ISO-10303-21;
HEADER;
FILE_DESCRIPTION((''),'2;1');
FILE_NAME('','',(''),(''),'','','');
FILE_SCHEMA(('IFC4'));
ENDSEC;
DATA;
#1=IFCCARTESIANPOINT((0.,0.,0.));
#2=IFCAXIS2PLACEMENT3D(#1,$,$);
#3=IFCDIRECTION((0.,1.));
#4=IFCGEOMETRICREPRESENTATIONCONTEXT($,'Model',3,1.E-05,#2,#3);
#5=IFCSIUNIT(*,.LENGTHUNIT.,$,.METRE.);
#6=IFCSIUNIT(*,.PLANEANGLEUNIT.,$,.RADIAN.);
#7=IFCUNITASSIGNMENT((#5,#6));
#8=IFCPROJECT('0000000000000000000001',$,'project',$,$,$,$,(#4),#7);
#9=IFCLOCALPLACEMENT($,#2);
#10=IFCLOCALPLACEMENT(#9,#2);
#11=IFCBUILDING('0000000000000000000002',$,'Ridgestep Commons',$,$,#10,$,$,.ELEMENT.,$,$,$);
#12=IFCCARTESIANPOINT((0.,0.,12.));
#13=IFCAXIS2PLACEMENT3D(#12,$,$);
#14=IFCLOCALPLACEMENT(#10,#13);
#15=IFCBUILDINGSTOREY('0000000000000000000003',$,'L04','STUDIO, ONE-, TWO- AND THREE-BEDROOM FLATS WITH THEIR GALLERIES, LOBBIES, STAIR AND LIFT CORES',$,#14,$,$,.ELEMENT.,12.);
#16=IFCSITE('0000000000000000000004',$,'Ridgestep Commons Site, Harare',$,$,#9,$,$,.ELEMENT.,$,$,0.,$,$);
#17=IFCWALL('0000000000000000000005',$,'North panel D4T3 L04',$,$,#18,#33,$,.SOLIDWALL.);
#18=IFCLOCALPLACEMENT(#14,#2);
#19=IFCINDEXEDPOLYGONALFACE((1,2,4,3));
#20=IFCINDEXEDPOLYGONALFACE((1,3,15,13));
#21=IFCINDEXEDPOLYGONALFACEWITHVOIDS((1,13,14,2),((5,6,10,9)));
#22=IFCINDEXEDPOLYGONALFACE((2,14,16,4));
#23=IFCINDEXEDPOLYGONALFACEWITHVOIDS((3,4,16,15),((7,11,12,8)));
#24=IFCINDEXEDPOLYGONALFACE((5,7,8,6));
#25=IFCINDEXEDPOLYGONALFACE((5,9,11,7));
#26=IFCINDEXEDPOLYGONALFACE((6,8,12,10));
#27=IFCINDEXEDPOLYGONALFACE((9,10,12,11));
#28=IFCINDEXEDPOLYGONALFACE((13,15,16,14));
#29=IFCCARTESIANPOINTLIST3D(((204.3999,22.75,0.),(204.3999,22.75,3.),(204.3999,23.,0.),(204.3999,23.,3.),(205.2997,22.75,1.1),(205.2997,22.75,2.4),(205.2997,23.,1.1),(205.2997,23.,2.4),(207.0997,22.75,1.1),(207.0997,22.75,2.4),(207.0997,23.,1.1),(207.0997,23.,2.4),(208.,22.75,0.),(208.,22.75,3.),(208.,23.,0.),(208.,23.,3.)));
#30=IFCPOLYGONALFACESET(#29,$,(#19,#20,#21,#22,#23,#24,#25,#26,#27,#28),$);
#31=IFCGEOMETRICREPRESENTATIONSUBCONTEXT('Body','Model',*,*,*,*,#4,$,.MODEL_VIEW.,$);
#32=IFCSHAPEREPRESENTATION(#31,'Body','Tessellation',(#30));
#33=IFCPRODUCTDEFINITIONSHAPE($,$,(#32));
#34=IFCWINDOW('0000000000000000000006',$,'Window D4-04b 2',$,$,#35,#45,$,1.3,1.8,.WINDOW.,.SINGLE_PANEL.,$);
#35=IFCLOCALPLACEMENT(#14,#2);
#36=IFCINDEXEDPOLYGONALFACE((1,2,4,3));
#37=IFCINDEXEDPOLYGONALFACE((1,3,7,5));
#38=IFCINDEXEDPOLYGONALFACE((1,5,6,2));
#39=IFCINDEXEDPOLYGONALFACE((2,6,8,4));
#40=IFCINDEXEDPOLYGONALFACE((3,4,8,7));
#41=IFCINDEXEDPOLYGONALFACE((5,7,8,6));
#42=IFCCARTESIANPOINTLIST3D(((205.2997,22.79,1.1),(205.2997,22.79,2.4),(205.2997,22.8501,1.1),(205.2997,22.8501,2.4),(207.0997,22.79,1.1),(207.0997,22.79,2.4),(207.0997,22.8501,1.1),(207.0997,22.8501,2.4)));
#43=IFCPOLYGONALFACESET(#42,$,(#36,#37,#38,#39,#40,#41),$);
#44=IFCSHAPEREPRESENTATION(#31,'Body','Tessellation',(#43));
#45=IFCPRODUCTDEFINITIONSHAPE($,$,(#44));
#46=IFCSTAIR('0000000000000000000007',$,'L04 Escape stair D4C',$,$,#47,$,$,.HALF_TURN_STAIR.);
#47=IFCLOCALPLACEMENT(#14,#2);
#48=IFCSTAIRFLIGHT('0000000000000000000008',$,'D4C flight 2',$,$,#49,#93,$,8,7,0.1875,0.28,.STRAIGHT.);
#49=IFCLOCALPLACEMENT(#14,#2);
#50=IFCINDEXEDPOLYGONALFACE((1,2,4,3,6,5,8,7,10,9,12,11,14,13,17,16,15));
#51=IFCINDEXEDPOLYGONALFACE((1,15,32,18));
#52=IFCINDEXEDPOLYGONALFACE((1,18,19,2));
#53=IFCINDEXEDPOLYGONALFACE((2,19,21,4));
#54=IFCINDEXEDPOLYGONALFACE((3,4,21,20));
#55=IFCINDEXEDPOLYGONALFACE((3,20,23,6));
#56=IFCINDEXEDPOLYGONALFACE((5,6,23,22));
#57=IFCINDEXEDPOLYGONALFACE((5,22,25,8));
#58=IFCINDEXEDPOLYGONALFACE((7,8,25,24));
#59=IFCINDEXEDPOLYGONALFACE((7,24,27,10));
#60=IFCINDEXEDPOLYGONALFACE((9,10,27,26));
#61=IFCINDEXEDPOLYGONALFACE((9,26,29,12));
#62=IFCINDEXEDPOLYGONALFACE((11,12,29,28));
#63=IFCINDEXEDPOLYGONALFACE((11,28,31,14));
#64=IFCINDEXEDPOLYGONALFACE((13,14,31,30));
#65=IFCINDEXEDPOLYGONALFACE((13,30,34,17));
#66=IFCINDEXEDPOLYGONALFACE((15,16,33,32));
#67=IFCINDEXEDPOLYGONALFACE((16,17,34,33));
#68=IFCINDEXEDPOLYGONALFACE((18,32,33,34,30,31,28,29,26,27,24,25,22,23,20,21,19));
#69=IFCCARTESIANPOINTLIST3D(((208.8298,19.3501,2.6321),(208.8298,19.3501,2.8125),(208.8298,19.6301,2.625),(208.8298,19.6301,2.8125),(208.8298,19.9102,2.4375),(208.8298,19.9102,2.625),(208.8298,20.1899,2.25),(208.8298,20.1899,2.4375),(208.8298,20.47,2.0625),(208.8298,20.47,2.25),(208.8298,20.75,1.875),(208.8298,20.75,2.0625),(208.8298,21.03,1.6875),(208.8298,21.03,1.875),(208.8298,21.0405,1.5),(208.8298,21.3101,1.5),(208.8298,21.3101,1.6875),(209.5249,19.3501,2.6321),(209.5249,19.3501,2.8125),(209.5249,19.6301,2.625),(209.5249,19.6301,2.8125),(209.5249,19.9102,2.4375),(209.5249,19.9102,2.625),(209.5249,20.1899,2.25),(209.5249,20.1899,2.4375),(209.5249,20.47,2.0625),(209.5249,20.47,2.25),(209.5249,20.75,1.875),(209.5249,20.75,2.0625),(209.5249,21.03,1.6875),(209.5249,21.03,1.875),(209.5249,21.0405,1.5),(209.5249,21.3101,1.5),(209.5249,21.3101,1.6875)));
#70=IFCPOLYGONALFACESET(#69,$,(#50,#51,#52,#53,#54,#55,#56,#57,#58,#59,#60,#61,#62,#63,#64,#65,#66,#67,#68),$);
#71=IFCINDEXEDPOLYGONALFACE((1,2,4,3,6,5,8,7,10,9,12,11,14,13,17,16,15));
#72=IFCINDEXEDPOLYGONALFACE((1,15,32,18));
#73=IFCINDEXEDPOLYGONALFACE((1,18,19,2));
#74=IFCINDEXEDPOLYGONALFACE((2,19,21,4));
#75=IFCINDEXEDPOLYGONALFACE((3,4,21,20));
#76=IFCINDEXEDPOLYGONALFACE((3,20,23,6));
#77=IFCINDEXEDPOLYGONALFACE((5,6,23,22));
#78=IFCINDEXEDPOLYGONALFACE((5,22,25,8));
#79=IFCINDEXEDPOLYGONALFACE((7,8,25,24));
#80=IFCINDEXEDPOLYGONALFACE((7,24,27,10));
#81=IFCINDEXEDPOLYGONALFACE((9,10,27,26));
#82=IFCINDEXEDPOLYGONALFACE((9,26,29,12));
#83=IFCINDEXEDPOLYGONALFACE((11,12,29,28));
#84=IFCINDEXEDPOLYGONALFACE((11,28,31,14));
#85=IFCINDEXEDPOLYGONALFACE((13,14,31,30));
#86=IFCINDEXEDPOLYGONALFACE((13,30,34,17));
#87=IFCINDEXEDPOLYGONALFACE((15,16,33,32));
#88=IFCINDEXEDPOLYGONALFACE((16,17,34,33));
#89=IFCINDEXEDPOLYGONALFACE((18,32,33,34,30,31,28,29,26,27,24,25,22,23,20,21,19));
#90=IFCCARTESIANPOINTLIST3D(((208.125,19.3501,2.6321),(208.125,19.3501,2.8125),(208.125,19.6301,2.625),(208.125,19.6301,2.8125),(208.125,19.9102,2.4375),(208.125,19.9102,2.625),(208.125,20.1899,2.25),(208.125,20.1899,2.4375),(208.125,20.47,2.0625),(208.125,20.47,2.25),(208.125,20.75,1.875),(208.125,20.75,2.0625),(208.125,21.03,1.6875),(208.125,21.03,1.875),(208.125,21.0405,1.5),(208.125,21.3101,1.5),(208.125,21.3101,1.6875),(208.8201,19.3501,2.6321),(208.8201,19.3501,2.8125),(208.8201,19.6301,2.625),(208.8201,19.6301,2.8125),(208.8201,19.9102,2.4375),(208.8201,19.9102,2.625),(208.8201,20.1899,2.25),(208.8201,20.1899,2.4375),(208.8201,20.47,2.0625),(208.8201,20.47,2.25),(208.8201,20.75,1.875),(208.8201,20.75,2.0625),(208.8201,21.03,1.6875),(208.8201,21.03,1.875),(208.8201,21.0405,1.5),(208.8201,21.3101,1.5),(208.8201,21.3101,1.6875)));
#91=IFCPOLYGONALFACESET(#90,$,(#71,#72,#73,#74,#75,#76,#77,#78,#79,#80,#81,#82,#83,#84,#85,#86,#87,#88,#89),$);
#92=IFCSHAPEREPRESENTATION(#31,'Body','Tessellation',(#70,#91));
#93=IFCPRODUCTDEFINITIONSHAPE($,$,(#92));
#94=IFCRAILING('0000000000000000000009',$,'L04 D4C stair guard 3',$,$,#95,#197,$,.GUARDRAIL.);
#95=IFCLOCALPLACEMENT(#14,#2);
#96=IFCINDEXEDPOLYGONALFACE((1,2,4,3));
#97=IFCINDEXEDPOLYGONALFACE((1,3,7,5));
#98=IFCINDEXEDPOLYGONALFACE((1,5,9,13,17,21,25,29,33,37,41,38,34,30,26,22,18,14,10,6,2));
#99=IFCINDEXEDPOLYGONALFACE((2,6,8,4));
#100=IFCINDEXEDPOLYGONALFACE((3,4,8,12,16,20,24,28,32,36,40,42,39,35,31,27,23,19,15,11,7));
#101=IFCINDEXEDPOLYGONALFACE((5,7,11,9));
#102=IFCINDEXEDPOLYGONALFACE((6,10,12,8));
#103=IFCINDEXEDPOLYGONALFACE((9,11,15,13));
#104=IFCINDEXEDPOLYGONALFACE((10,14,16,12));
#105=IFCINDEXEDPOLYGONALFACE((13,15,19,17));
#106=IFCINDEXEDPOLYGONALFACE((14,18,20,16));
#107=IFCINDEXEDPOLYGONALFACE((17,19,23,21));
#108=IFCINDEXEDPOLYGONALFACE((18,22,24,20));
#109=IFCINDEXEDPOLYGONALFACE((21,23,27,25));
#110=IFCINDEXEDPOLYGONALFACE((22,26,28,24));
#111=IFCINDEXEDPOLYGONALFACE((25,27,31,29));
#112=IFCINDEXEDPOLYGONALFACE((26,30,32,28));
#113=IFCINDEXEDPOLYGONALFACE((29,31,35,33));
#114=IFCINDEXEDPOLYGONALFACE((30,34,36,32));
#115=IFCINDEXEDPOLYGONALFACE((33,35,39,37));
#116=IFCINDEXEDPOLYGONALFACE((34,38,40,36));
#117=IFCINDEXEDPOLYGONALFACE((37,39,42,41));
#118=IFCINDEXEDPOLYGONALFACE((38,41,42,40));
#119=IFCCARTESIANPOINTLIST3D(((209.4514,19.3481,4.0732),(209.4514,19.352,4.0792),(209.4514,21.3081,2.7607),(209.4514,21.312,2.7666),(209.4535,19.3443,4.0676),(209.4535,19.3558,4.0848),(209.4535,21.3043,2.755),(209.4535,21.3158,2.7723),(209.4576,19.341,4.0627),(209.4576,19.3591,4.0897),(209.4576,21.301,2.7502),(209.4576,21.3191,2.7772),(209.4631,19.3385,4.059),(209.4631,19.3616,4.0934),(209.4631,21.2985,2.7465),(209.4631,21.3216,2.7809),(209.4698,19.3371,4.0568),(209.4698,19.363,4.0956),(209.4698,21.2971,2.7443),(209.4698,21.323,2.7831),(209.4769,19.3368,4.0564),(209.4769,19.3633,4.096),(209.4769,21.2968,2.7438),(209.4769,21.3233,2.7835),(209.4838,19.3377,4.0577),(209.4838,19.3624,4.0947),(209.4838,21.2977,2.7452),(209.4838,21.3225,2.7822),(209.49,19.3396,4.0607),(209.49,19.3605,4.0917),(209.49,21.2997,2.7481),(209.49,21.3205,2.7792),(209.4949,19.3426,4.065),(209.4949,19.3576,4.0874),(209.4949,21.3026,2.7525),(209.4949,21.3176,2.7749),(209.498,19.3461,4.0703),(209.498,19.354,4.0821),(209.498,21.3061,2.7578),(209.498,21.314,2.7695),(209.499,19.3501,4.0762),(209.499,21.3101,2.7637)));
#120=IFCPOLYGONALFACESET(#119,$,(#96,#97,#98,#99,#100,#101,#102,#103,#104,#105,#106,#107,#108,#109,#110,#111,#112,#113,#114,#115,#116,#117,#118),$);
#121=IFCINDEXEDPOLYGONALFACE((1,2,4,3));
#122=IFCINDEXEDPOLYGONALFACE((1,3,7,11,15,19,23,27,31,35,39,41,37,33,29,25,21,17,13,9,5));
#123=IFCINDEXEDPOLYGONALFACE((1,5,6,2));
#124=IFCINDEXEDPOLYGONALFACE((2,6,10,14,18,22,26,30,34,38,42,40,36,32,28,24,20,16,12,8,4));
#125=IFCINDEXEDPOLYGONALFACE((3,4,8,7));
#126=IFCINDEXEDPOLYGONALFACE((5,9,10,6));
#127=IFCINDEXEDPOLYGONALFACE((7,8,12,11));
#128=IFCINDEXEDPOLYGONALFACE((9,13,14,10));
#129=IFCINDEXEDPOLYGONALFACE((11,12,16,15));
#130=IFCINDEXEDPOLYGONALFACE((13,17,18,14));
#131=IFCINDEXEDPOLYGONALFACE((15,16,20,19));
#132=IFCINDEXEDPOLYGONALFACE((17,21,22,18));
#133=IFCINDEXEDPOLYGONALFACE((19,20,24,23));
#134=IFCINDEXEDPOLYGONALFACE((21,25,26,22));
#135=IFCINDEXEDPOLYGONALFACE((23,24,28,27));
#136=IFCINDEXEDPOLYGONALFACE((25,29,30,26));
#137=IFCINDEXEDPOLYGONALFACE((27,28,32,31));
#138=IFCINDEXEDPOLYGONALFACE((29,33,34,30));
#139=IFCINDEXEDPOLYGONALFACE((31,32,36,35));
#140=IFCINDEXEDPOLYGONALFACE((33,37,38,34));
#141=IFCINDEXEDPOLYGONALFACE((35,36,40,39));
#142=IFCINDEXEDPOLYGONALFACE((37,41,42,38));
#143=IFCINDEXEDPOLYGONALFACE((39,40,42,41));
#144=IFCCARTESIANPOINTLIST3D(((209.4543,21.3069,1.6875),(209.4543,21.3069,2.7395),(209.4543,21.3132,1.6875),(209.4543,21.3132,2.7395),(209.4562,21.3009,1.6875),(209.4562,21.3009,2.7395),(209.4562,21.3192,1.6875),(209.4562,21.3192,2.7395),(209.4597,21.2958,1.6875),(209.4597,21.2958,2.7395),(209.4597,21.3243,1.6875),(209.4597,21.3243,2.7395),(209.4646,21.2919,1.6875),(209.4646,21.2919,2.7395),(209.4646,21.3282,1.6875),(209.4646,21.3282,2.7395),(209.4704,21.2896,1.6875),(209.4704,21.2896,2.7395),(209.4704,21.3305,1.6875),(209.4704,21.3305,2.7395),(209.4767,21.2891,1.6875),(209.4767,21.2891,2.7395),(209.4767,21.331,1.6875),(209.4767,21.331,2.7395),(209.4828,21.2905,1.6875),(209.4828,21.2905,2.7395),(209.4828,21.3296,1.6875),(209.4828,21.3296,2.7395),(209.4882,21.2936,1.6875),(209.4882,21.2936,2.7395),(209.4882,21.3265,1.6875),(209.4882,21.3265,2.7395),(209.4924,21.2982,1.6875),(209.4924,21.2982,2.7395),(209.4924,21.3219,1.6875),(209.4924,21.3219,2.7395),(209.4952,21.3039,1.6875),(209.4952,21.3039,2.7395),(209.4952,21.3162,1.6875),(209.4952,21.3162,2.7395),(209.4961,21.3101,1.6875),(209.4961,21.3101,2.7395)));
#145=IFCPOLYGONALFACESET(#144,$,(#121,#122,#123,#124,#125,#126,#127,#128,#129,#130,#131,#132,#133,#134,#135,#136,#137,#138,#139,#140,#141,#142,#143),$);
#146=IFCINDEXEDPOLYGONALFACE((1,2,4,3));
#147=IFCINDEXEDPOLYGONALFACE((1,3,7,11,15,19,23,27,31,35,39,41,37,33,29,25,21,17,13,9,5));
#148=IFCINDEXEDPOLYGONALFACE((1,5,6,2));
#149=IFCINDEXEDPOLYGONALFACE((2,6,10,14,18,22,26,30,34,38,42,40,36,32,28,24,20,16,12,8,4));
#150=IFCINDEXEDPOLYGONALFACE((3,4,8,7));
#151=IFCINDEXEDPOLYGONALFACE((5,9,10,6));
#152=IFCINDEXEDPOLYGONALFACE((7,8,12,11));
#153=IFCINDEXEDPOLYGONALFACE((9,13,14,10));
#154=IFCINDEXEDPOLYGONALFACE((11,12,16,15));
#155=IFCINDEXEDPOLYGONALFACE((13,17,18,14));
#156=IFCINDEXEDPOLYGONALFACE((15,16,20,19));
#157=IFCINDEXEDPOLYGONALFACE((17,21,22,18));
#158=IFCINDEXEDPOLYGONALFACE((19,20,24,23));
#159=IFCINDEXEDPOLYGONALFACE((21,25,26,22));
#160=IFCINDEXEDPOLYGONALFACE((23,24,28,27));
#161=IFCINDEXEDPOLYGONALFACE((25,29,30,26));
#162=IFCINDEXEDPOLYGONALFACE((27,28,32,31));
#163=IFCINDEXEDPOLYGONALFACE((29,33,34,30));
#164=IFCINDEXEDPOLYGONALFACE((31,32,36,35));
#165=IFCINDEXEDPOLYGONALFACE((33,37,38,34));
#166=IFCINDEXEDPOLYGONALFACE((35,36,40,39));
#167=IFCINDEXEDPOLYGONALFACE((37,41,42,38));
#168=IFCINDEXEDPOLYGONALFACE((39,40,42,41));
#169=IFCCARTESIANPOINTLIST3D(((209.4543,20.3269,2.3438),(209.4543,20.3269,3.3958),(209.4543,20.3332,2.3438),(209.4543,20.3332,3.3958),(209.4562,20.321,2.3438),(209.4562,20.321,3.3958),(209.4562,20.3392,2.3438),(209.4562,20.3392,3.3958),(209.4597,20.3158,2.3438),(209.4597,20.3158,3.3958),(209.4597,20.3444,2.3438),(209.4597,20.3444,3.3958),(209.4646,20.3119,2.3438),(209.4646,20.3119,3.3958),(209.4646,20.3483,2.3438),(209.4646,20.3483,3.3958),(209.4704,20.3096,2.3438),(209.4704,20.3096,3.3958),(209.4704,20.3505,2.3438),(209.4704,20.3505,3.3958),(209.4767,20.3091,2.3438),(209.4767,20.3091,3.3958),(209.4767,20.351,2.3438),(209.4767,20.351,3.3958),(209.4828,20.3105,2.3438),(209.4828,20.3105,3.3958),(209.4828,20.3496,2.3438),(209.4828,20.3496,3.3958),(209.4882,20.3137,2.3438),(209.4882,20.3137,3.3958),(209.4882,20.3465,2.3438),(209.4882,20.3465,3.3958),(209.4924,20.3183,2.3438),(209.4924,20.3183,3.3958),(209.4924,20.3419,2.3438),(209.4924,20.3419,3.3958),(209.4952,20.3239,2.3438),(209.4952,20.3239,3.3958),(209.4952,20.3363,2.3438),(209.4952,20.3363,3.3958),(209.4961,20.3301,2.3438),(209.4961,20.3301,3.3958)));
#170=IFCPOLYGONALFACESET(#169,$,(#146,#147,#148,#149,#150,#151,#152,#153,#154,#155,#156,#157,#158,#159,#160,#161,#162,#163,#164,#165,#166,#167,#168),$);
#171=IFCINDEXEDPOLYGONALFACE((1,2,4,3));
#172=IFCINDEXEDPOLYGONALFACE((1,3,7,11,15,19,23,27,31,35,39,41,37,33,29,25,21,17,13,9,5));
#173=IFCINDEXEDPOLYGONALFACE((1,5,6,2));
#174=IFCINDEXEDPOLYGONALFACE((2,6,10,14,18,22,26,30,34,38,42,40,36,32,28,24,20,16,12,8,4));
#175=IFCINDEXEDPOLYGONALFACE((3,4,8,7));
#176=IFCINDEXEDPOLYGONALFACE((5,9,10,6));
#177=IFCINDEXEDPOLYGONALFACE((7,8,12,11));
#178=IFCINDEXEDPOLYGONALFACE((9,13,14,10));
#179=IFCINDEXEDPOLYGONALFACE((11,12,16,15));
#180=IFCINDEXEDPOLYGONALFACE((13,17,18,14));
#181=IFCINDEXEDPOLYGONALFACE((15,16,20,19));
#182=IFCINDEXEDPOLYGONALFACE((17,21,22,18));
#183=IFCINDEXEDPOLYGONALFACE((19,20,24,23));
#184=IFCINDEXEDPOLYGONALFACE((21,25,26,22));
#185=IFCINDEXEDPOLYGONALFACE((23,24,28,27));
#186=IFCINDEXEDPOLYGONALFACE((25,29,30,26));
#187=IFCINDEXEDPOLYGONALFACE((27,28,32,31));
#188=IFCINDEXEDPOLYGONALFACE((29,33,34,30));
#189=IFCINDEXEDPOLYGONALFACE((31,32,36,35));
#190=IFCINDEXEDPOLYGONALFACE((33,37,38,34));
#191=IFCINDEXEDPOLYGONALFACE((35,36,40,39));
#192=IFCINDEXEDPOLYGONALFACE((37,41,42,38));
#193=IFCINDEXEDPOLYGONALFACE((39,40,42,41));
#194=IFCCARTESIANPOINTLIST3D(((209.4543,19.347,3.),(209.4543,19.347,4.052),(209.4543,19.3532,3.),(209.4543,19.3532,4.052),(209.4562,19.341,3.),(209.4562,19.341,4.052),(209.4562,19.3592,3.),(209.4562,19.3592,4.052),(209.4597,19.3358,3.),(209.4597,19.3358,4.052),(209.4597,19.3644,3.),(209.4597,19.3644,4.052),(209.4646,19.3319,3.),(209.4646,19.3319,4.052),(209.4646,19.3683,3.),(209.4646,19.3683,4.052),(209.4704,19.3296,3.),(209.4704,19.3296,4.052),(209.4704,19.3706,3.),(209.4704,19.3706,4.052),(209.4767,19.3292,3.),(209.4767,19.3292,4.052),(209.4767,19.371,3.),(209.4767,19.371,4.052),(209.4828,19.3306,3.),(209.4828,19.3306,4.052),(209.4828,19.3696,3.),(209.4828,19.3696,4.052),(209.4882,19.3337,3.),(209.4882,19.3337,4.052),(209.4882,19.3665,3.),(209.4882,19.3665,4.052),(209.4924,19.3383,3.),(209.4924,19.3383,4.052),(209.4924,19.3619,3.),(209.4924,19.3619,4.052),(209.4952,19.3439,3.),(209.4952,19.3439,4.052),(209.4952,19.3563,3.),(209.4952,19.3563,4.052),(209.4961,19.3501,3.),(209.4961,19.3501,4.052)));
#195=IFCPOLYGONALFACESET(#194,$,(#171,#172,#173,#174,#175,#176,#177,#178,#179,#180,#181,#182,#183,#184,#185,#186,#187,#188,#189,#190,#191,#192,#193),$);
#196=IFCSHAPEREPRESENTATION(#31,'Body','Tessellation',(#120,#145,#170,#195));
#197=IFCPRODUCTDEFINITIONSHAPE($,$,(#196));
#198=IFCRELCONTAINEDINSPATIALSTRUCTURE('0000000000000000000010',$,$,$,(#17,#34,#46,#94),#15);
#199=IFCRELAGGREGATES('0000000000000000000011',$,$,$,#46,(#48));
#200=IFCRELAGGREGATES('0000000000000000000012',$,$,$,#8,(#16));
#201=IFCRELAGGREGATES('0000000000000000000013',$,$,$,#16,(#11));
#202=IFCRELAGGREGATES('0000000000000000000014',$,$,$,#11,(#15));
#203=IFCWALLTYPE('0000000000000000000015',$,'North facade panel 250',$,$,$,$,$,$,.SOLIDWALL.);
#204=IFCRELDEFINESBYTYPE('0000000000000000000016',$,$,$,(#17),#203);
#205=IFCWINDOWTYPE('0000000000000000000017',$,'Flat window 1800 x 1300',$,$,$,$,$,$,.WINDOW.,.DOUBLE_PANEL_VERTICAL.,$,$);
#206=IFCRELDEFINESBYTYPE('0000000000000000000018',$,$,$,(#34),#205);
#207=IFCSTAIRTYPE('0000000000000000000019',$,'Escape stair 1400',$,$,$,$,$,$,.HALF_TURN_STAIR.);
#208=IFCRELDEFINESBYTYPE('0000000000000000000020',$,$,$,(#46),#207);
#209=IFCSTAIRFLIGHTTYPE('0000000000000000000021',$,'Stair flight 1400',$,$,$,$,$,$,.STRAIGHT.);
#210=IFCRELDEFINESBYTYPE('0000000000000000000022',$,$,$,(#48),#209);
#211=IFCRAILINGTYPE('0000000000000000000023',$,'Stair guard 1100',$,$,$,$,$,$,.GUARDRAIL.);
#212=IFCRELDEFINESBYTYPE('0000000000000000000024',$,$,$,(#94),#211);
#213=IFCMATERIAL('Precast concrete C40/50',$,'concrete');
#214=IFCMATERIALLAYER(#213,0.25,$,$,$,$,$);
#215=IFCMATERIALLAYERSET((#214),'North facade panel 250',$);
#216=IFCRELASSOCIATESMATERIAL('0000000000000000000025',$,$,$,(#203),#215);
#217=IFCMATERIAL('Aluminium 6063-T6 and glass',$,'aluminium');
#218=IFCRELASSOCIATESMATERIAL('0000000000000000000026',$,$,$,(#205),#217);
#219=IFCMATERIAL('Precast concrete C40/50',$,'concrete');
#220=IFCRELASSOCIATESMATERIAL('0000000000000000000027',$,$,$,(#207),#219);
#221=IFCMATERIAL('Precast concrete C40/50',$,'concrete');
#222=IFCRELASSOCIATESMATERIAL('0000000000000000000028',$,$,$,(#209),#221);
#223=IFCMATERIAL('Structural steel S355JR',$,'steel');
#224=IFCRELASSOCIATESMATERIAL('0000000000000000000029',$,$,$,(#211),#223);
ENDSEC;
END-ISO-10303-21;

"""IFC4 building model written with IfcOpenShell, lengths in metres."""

from ifc_helpers import new_model, si_unit, direction, frame, frame_2d, origin, origin_2d, place, context, subcontext, project, spatial, polyline, rectangle, circle, outline, extrude, material, layer, layer_set, type_object, element, fill, aggregate, save


model = new_model("IFC4")

# Units and contexts
model_context = context("Model", 3, precision=1e-05, world=origin(), true_north=direction((0.0, 1.0)))
body_context = subcontext(model_context, "Body", "Model", "MODEL_VIEW")
ifc_project = project(units=[si_unit("LENGTHUNIT", "METRE"), si_unit("PLANEANGLEUNIT", "RADIAN")], contexts=[model_context])

# Site, building, storey
site_placement = place(None, origin())
site = spatial("IfcSite", under=ifc_project, at=site_placement, Name="Ridgestep Commons Site, Harare", CompositionType="ELEMENT", RefElevation=0.0)
building_placement = place(site_placement, origin())
building = spatial("IfcBuilding", under=site, at=building_placement, Name="Ridgestep Commons", CompositionType="ELEMENT")
storey_placement = place(building_placement, frame((0.0, 0.0, 12.0)))
storey = spatial("IfcBuildingStorey", under=building, at=storey_placement, Name="L04", Description="STUDIO, ONE-, TWO- AND THREE-BEDROOM FLATS WITH THEIR GALLERIES, LOBBIES, STAIR AND LIFT CORES", CompositionType="ELEMENT", Elevation=12.0)

# Wall, opening, window
ifc_material_1 = material(Name="Precast concrete C40/50", Category="concrete")
ifc_layer_1 = layer(ifc_material_1, 0.25)
ifc_layer_set_1 = layer_set([ifc_layer_1], Name="North facade panel 250")
wall_type = type_object("IfcWallType", Name="North facade panel 250", PredefinedType="SOLIDWALL", material=ifc_layer_set_1)
wall_placement = place(storey_placement, frame((204.3999, 22.875, 0.0), z_axis=(0.0, 0.0, 1.0), x_axis=(1.0, 0.0, 0.0)))
wall = element("IfcWall", 1, at=wall_placement, inside=storey, type_object=wall_type, Name="North panel D4T3 L04", PredefinedType="SOLIDWALL", context=body_context, shape_type="SweptSolid", body=[
    extrude(rectangle(XDim=3.6001, YDim=0.25, at=frame_2d((1.8, 0.0))), origin(), (0.0, 0.0, 1.0), 3.0),
])
opening_placement = place(wall_placement, frame((0.8999, 0.0, 1.1001)))
opening = element("IfcOpeningElement", 2, at=opening_placement, cuts=wall, PredefinedType="OPENING", context=body_context, shape_type="SweptSolid", body=[
    extrude(rectangle(XDim=1.8, YDim=1.3, at=frame_2d((0.8999, 0.6499))), frame((0.0, 0.135, 0.0), z_axis=(0.0, -1.0, 0.0), x_axis=(1.0, 0.0, 0.0)), (0.0, 0.0, 1.0), 0.27),
])
ifc_material_2 = material(Name="Aluminium 6063-T6 and glass", Category="aluminium")
window_type = type_object("IfcWindowType", Name="Flat window 1800 x 1300", PartitioningType="DOUBLE_PANEL_VERTICAL", PredefinedType="WINDOW", material=ifc_material_2)
window_placement = place(opening_placement, origin())
window = element("IfcWindow", 3, at=window_placement, inside=storey, type_object=window_type, Name="Window D4-04b 2", OverallHeight=1.3, OverallWidth=1.8, PartitioningType="SINGLE_PANEL", PredefinedType="WINDOW", context=body_context, shape_type="SweptSolid", body=[
    extrude(rectangle(XDim=1.8, YDim=1.3, at=frame_2d((0.8999, 0.6499))), frame((0.0, -0.0249, 0.0), z_axis=(0.0, -1.0, 0.0), x_axis=(1.0, 0.0, 0.0)), (0.0, 0.0, 1.0), 0.0601),
])
fill(opening, window)

# Stair, stair flight
ifc_material_3 = material(Name="Precast concrete C40/50", Category="concrete")
stair_type = type_object("IfcStairType", Name="Escape stair 1400", PredefinedType="HALF_TURN_STAIR", material=ifc_material_3)
stair_placement = place(storey_placement, origin())
stair = element("IfcStair", 4, at=stair_placement, inside=storey, type_object=stair_type, Name="L04 Escape stair D4C", PredefinedType="HALF_TURN_STAIR")
ifc_material_4 = material(Name="Precast concrete C40/50", Category="concrete")
stair_flight_type = type_object("IfcStairFlightType", Name="Stair flight 1400", PredefinedType="STRAIGHT", material=ifc_material_4)
stair_flight_placement = place(storey_placement, frame((208.825, 21.3101, 1.5), z_axis=(0.0, 0.0, 1.0), x_axis=(0.0, -1.0, 0.0)))
stair_flight = element("IfcStairFlight", 5, at=stair_flight_placement, type_object=stair_flight_type, Name="D4C flight 2", NumberOfRisers=8, NumberOfTreads=7, PredefinedType="STRAIGHT", RiserHeight=0.1875, TreadLength=0.28, context=body_context, shape_type="SweptSolid", body=[
    extrude(outline(polyline([(0.0, 0.0), (0.0, 0.1875), (0.28, 0.1875), (0.28, 0.375), (0.5601, 0.375), (0.5601, 0.5625), (0.8401, 0.5625), (0.8401, 0.75), (1.1201, 0.75), (1.1201, 0.9375), (1.3999, 0.9375), (1.3999, 1.125), (1.6799, 1.125), (1.6799, 1.3125), (1.96, 1.3125), (1.96, 1.5), (1.96, 1.1321), (0.2695, 0.0), (0.0, 0.0)])), frame((0.0, 0.7, 0.0), z_axis=(0.0, -1.0, 0.0), x_axis=(1.0, 0.0, 0.0)), (0.0, 0.0, 1.0), 0.6951),
    extrude(outline(polyline([(0.0, 0.0), (0.0, 0.1875), (0.28, 0.1875), (0.28, 0.375), (0.5601, 0.375), (0.5601, 0.5625), (0.8401, 0.5625), (0.8401, 0.75), (1.1201, 0.75), (1.1201, 0.9375), (1.3999, 0.9375), (1.3999, 1.125), (1.6799, 1.125), (1.6799, 1.3125), (1.96, 1.3125), (1.96, 1.5), (1.96, 1.1321), (0.2695, 0.0), (0.0, 0.0)])), frame((0.0, -0.0049, 0.0), z_axis=(0.0, -1.0, 0.0), x_axis=(1.0, 0.0, 0.0)), (0.0, 0.0, 1.0), 0.6951),
])
aggregate(stair, [stair_flight])

# Railing
ifc_material_5 = material(Name="Structural steel S355JR", Category="steel")
railing_type_1 = type_object("IfcRailingType", Name="Stair guard 1100", PredefinedType="GUARDRAIL", material=ifc_material_5)
railing_1_placement = place(storey_placement, frame((209.4751, 21.3101, 1.6875)))
element("IfcRailing", 6, at=railing_1_placement, inside=storey, type_object=railing_type_1, Name="L04 D4C stair guard 3", PredefinedType="GUARDRAIL", context=body_context, shape_type="SweptSolid", body=[
    extrude(circle(Radius=0.0239, at=origin_2d()), frame((0.0, 0.0, 1.0762), z_axis=(0.0, -0.830902, 0.556419), x_axis=(1.0, 0.0, 0.0)), (0.0, 0.0, 1.0), 2.3589),
    extrude(circle(Radius=0.021, at=origin_2d()), origin(), (0.0, 0.0, 1.0), 1.052),
    extrude(circle(Radius=0.021, at=origin_2d()), frame((0.0, -0.98, 0.6562)), (0.0, 0.0, 1.0), 1.052),
    extrude(circle(Radius=0.021, at=origin_2d()), frame((0.0, -1.96, 1.3125)), (0.0, 0.0, 1.0), 1.052),
])

save(model, "model.ifc")
